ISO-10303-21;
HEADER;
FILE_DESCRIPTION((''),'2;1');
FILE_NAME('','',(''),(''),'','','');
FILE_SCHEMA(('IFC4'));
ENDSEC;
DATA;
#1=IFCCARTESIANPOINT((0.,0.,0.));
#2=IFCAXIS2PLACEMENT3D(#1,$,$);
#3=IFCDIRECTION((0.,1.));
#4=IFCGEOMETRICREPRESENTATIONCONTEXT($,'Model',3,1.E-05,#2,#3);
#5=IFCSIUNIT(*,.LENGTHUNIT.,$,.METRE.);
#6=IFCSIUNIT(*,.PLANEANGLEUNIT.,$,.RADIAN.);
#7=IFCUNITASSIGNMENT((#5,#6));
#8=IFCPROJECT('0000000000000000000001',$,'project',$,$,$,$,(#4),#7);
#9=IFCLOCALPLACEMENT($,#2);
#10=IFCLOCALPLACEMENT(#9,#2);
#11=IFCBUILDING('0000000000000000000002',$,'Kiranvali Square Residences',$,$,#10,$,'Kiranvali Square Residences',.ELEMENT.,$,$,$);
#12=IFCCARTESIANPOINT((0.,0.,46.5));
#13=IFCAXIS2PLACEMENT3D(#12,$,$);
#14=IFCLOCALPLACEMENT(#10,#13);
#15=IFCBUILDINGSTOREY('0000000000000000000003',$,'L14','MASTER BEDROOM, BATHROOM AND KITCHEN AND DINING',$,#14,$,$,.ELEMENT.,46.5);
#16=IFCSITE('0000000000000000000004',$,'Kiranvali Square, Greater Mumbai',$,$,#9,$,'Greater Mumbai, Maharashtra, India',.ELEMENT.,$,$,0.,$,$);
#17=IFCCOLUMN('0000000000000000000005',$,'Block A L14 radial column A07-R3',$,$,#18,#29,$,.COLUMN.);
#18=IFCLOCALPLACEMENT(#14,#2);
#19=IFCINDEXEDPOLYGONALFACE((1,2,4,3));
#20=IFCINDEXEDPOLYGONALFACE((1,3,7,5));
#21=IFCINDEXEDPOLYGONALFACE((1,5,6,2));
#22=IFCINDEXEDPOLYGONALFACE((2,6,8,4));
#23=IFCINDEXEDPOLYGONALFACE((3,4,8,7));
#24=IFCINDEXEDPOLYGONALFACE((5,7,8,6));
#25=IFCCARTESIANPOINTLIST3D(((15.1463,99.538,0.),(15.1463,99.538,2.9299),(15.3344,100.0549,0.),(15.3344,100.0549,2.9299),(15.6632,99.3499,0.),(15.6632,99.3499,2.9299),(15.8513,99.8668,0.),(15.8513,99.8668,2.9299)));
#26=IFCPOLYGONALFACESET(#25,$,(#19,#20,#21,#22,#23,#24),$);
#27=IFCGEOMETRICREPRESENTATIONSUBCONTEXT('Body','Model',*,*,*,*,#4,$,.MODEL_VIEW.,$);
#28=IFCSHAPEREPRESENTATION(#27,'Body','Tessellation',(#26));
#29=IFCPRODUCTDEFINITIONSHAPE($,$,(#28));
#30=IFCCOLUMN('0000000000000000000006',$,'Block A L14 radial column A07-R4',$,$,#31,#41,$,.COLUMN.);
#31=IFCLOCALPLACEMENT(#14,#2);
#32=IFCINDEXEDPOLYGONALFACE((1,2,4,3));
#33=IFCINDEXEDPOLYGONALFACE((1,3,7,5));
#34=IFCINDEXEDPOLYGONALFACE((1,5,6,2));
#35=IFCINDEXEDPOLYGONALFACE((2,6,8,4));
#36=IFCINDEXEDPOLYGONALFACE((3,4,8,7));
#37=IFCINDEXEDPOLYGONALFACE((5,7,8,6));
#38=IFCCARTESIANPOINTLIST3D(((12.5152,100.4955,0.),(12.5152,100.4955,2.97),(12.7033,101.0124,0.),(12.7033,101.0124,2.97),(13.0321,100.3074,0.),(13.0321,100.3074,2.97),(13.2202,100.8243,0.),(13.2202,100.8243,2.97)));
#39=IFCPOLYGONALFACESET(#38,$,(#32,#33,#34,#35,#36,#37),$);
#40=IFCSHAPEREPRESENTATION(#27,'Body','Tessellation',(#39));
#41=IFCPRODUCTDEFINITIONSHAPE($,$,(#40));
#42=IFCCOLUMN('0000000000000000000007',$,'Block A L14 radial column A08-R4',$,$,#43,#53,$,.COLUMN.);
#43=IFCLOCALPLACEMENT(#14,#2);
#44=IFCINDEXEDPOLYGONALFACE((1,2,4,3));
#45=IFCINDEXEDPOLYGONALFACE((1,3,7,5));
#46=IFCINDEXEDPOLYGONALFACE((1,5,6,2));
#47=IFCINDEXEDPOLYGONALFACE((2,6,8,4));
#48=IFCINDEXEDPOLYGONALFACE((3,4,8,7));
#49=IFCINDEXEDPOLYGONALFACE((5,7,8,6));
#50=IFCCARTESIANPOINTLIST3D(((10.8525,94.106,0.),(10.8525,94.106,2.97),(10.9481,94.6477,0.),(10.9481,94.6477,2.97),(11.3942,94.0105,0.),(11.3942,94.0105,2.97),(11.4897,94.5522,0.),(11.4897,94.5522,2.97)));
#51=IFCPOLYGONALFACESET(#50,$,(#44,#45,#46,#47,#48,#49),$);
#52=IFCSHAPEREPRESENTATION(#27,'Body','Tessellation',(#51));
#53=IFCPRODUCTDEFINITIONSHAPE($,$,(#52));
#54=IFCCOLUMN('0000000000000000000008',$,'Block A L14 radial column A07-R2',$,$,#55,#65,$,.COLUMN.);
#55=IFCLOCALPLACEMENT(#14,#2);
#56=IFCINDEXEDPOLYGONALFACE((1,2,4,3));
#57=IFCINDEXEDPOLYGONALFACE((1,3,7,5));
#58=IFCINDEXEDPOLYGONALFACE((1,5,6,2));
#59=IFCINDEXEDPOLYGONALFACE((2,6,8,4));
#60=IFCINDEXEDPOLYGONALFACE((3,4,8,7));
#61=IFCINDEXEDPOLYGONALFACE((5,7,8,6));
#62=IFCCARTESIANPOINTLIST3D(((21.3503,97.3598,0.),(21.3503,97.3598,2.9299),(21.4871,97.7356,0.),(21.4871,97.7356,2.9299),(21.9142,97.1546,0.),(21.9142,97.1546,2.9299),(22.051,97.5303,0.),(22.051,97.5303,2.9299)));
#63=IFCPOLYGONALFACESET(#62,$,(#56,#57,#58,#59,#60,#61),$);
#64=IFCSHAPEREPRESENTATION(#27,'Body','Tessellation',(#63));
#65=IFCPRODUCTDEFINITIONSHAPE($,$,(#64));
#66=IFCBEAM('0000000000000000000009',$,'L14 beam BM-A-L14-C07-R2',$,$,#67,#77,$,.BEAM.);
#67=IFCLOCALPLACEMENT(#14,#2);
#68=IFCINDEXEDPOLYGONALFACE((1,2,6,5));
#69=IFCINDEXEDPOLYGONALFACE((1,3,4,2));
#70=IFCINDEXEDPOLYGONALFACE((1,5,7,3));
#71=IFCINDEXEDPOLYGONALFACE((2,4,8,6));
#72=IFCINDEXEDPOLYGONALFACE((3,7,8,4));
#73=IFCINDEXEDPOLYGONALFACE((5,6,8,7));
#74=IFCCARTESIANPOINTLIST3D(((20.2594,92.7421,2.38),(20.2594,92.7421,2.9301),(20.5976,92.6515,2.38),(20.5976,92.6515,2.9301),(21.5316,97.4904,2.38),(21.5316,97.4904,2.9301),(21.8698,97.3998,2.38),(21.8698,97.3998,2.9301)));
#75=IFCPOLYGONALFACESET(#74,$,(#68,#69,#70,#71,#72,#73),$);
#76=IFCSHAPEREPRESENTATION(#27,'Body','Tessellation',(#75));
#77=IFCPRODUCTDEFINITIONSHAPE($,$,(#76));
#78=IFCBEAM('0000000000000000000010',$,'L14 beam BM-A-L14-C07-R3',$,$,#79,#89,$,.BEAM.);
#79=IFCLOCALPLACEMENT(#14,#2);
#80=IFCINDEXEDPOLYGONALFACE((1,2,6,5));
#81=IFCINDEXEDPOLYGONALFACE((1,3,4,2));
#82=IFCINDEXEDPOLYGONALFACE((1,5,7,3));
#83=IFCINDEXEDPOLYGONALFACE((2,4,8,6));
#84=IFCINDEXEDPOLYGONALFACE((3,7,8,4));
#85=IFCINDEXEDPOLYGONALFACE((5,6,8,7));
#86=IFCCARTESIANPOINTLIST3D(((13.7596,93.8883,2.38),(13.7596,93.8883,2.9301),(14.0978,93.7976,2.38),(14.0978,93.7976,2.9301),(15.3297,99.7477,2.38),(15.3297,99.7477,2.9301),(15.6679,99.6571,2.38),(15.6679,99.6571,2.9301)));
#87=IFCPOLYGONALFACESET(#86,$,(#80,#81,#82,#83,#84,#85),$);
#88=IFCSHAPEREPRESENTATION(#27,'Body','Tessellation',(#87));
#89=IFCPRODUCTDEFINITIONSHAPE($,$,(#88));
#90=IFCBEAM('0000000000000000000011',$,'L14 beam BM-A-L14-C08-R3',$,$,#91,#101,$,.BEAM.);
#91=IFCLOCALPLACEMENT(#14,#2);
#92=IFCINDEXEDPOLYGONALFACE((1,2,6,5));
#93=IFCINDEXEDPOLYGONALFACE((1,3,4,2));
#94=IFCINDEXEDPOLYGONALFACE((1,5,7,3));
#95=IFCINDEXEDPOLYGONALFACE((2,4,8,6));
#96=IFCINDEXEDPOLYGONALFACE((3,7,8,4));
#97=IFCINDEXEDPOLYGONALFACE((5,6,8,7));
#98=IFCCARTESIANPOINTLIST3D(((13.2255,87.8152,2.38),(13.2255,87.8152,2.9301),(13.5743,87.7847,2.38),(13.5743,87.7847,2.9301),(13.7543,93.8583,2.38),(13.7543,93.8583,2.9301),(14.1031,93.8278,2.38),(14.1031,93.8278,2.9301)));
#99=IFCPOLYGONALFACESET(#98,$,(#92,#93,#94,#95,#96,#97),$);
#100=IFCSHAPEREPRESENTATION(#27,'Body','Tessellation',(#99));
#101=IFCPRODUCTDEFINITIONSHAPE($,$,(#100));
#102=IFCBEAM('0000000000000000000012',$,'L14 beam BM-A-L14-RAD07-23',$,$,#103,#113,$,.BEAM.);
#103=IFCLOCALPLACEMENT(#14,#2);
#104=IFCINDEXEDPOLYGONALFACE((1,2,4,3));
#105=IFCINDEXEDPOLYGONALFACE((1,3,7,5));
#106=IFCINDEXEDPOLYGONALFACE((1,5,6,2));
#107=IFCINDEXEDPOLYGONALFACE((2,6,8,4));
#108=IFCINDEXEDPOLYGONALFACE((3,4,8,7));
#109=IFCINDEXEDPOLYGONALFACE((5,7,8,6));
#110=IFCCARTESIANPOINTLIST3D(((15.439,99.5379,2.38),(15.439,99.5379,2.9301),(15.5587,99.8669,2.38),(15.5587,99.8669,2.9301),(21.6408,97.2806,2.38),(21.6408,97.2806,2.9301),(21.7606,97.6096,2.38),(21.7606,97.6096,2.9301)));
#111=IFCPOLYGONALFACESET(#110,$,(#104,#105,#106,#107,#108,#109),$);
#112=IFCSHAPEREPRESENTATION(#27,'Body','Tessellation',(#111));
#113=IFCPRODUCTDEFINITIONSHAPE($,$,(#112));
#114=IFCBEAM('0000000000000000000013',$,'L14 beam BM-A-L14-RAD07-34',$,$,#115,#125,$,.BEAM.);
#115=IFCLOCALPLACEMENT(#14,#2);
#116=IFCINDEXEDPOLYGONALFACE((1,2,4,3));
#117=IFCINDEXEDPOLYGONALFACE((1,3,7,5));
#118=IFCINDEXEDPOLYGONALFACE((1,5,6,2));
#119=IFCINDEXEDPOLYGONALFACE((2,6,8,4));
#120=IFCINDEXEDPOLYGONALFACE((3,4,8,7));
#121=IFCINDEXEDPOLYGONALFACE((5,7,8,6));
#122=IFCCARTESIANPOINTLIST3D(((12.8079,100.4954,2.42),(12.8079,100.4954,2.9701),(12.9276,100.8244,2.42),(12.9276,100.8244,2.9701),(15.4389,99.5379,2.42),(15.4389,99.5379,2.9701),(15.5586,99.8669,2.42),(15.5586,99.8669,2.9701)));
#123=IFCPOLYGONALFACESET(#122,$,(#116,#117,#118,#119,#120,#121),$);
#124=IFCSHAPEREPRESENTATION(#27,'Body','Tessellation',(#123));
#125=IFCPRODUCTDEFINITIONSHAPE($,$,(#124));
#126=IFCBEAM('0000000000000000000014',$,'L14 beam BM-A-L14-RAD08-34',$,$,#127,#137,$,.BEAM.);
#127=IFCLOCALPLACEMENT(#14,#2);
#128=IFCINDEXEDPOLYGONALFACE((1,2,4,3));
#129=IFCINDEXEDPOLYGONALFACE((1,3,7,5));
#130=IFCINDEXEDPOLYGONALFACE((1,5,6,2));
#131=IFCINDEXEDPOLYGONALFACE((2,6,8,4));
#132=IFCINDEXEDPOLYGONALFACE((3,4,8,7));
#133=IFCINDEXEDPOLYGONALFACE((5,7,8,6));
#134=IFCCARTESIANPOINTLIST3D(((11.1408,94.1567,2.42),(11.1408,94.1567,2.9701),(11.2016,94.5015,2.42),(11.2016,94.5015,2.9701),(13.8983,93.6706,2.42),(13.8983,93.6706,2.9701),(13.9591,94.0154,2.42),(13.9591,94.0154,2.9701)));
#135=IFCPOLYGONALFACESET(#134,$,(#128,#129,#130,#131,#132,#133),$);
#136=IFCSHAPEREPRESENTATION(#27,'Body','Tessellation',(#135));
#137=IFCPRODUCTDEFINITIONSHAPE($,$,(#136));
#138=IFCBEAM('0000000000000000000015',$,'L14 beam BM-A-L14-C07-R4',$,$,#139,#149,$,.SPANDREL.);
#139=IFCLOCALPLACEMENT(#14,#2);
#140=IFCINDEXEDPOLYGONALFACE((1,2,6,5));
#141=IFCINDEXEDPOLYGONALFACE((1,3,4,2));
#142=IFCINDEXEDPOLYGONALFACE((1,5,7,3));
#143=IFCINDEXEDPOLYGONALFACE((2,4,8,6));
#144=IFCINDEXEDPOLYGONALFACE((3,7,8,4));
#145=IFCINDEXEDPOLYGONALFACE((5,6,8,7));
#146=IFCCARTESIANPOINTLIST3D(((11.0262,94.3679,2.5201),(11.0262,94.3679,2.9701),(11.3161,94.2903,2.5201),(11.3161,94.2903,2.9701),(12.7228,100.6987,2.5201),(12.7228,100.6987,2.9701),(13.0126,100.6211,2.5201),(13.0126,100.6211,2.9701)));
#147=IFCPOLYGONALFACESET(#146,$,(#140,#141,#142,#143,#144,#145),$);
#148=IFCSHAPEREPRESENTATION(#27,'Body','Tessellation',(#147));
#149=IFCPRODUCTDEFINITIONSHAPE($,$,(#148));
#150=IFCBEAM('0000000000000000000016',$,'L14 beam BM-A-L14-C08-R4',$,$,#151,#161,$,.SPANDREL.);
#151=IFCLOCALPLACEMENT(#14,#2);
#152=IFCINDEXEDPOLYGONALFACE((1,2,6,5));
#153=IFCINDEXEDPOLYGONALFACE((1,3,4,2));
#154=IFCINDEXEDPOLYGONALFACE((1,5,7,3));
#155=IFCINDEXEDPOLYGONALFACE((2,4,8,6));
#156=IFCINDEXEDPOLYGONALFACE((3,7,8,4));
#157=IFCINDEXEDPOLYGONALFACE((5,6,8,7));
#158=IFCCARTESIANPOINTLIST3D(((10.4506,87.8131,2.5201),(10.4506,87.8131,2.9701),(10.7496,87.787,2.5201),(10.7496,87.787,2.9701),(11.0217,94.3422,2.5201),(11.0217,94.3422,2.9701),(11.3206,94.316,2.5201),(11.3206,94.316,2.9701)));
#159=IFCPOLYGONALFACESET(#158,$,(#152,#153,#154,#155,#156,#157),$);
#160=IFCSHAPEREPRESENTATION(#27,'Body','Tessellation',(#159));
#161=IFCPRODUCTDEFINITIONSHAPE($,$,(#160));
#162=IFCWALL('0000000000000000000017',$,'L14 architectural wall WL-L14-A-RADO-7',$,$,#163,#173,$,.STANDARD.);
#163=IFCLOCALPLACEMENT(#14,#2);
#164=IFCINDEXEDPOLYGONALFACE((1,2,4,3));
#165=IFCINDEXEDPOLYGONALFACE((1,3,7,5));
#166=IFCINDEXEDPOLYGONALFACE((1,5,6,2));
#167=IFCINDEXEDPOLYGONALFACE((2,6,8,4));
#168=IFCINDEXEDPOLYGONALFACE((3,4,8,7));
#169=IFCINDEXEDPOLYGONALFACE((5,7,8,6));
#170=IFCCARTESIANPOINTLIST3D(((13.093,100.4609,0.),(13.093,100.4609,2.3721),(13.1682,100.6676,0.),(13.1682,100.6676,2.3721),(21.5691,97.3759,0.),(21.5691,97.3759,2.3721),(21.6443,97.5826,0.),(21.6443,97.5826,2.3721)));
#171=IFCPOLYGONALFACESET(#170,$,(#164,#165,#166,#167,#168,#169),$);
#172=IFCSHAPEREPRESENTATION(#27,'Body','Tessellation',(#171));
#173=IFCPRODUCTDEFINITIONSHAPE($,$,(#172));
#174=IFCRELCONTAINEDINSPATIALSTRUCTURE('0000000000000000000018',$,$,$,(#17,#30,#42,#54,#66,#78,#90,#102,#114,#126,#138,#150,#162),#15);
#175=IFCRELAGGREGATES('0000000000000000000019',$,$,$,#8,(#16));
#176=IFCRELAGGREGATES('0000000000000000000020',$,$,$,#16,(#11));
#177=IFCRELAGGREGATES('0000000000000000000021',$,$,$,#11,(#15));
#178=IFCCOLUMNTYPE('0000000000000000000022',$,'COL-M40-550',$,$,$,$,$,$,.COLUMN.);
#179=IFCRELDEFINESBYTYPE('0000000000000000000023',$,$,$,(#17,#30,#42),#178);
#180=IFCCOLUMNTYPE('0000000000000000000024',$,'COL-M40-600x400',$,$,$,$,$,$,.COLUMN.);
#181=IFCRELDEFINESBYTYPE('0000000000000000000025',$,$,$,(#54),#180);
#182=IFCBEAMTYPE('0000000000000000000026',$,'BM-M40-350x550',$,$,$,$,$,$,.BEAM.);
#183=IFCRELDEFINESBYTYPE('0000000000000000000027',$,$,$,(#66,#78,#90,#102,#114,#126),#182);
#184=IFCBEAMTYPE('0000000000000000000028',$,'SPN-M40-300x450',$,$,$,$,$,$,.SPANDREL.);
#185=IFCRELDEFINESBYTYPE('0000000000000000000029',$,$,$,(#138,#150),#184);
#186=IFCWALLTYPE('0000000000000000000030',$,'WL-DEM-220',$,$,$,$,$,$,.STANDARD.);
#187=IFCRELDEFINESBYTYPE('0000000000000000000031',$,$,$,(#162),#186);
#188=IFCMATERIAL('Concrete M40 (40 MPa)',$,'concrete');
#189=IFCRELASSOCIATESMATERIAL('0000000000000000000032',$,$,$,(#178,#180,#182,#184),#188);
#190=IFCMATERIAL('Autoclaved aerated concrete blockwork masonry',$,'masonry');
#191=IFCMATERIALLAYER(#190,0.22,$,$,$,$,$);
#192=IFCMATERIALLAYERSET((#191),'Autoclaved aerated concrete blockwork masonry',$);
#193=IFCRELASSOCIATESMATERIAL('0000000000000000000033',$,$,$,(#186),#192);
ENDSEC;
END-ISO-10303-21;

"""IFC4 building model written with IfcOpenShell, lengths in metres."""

from ifc_helpers import new_model, si_unit, direction, frame, frame_2d, origin, origin_2d, place, context, subcontext, project, spatial, rectangle, extrude, material, layer, layer_set, material_profile, profile_set, type_object, element, save


model = new_model("IFC4")

# Units and contexts
model_context = context("Model", 3, precision=1e-05, world=origin(), true_north=direction((0.0, 1.0)))
body_context = subcontext(model_context, "Body", "Model", "MODEL_VIEW")
ifc_project = project(units=[si_unit("LENGTHUNIT", "METRE"), si_unit("PLANEANGLEUNIT", "RADIAN")], contexts=[model_context])

# Site, building, storey
site_placement = place(None, origin())
site = spatial("IfcSite", under=ifc_project, at=site_placement, Name="Kiranvali Square, Greater Mumbai", LongName="Greater Mumbai, Maharashtra, India", CompositionType="ELEMENT", RefElevation=0.0)
building_placement = place(site_placement, origin())
building = spatial("IfcBuilding", under=site, at=building_placement, Name="Kiranvali Square Residences", LongName="Kiranvali Square Residences", CompositionType="ELEMENT")
storey_placement = place(building_placement, frame((0.0, 0.0, 46.5)))
storey = spatial("IfcBuildingStorey", under=building, at=storey_placement, Name="L14", Description="MASTER BEDROOM, BATHROOM AND KITCHEN AND DINING", CompositionType="ELEMENT", Elevation=46.5)

# Columns
ifc_material_1 = material(Name="Concrete M40 (40 MPa)", Category="concrete")
ifc_material_profile_1 = material_profile(ifc_material_1, rectangle(XDim=0.55, YDim=0.55, at=origin_2d()), Name="RC 550x550")
ifc_profile_set_1 = profile_set([ifc_material_profile_1], Name="Concrete M40 (40 MPa)")
column_type_1 = type_object("IfcColumnType", Name="COL-M40-550", PredefinedType="COLUMN", material=ifc_profile_set_1)
column_1_placement = place(storey_placement, frame((15.4988, 99.7024, 0.0), z_axis=(0.0, 0.0, 1.0), x_axis=(0.34202, 0.939693, 0.0)))
element("IfcColumn", 1, at=column_1_placement, inside=storey, type_object=column_type_1, Name="Block A L14 radial column A07-R3", PredefinedType="COLUMN", context=body_context, shape_type="SweptSolid", body=[
    extrude(rectangle(XDim=0.55, YDim=0.55, at=origin_2d()), origin(), (0.0, 0.0, 1.0), 2.9299),
])
for number, where, z_axis, x_axis, name in (
    (2, (12.8677, 100.6599, 0.0), (0.0, 0.0, 1.0), (0.34202, 0.939693, 0.0), "Block A L14 radial column A07-R4"),
    (3, (11.1711, 94.3291, 0.0), (0.0, 0.0, 1.0), (0.173648, 0.984808, 0.0), "Block A L14 radial column A08-R4"),
):
    element("IfcColumn", number, at=place(storey_placement, frame(where, z_axis=z_axis, x_axis=x_axis)), inside=storey, type_object=column_type_1, Name=name, PredefinedType="COLUMN", context=body_context, shape_type="SweptSolid", body=[
        extrude(rectangle(XDim=0.55, YDim=0.55, at=origin_2d()), origin(), (0.0, 0.0, 1.0), 2.97),
    ])
ifc_material_profile_2 = material_profile(ifc_material_1, rectangle(XDim=0.3999, YDim=0.6001, at=origin_2d()), Name="RC 600x400")
ifc_profile_set_2 = profile_set([ifc_material_profile_2], Name="Concrete M40 (40 MPa)")
column_type_2 = type_object("IfcColumnType", Name="COL-M40-600x400", PredefinedType="COLUMN", material=ifc_profile_set_2)
column_2_placement = place(storey_placement, frame((21.7007, 97.4451, 0.0), z_axis=(0.0, 0.0, 1.0), x_axis=(0.34202, 0.939693, 0.0)))
element("IfcColumn", 4, at=column_2_placement, inside=storey, type_object=column_type_2, Name="Block A L14 radial column A07-R2", PredefinedType="COLUMN", context=body_context, shape_type="SweptSolid", body=[
    extrude(rectangle(XDim=0.3999, YDim=0.6001, at=origin_2d()), origin(), (0.0, 0.0, 1.0), 2.9299),
])

# Beams
ifc_material_profile_3 = material_profile(ifc_material_1, rectangle(XDim=0.3501, YDim=0.55, at=origin_2d()), Name="RC 350x550")
ifc_profile_set_3 = profile_set([ifc_material_profile_3], Name="Concrete M40 (40 MPa)")
beam_type_1 = type_object("IfcBeamType", Name="BM-M40-350x550", PredefinedType="BEAM", material=ifc_profile_set_3)
beam_1_placement = place(storey_placement, frame((21.7007, 97.4451, 2.655), z_axis=(-0.258803, -0.96593, 0.0), x_axis=(0.96593, -0.258803, 0.0)))
element("IfcBeam", 5, at=beam_1_placement, inside=storey, type_object=beam_type_1, Name="L14 beam BM-A-L14-C07-R2", PredefinedType="BEAM", context=body_context, shape_type="SweptSolid", body=[
    extrude(rectangle(XDim=0.3501, YDim=0.55, at=origin_2d()), origin(), (0.0, 0.0, 1.0), 4.9158),
])
for number, where, z_axis, x_axis, name in (
    (6, (15.4988, 99.7024, 2.655), (-0.258827, -0.965924, 0.0), (0.965924, -0.258827, 0.0), "L14 beam BM-A-L14-C07-R3"),
    (7, (13.9287, 93.843, 2.655), (-0.087175, -0.996193, 0.0), (0.996193, -0.087175, 0.0), "L14 beam BM-A-L14-C08-R3"),
):
    element("IfcBeam", number, at=place(storey_placement, frame(where, z_axis=z_axis, x_axis=x_axis)), inside=storey, type_object=beam_type_1, Name=name, PredefinedType="BEAM", context=body_context, shape_type="SweptSolid", body=[
        extrude(rectangle(XDim=0.3501, YDim=0.55, at=origin_2d()), origin(), (0.0, 0.0, 1.0), 6.0662),
    ])
beam_2_placement = place(storey_placement, frame((21.7007, 97.4451, 2.655), z_axis=(-0.939692, 0.342022, 0.0), x_axis=(-0.342022, -0.939692, 0.0)))
element("IfcBeam", 8, at=beam_2_placement, inside=storey, type_object=beam_type_1, Name="L14 beam BM-A-L14-RAD07-23", PredefinedType="BEAM", context=body_context, shape_type="SweptSolid", body=[
    extrude(rectangle(XDim=0.3501, YDim=0.55, at=origin_2d()), origin(), (0.0, 0.0, 1.0), 6.5999),
])
beam_3_placement = place(storey_placement, frame((15.4988, 99.7024, 2.6951), z_axis=(-0.939707, 0.341981, 0.0), x_axis=(-0.341981, -0.939707, 0.0)))
element("IfcBeam", 9, at=beam_3_placement, inside=storey, type_object=beam_type_1, Name="L14 beam BM-A-L14-RAD07-34", PredefinedType="BEAM", context=body_context, shape_type="SweptSolid", body=[
    extrude(rectangle(XDim=0.3501, YDim=0.55, at=origin_2d()), origin(), (0.0, 0.0, 1.0), 2.7998),
])
beam_4_placement = place(storey_placement, frame((13.9287, 93.843, 2.6951), z_axis=(-0.984817, 0.173596, 0.0), x_axis=(-0.173596, -0.984817, 0.0)))
element("IfcBeam", 10, at=beam_4_placement, inside=storey, type_object=beam_type_1, Name="L14 beam BM-A-L14-RAD08-34", PredefinedType="BEAM", context=body_context, shape_type="SweptSolid", body=[
    extrude(rectangle(XDim=0.3501, YDim=0.55, at=origin_2d()), origin(), (0.0, 0.0, 1.0), 2.8),
])
ifc_material_profile_4 = material_profile(ifc_material_1, rectangle(XDim=0.3, YDim=0.45, at=origin_2d()), Name="RC 300x450")
ifc_profile_set_4 = profile_set([ifc_material_profile_4], Name="Concrete M40 (40 MPa)")
beam_type_2 = type_object("IfcBeamType", Name="SPN-M40-300x450", PredefinedType="SPANDREL", material=ifc_profile_set_4)
beam_5_placement = place(storey_placement, frame((12.8677, 100.6599, 2.7451), z_axis=(-0.258847, -0.965918, 0.0), x_axis=(0.965918, -0.258847, 0.0)))
element("IfcBeam", 11, at=beam_5_placement, inside=storey, type_object=beam_type_2, Name="L14 beam BM-A-L14-C07-R4", PredefinedType="SPANDREL", context=body_context, shape_type="SweptSolid", body=[
    extrude(rectangle(XDim=0.3, YDim=0.45, at=origin_2d()), origin(), (0.0, 0.0, 1.0), 6.5542),
])
beam_6_placement = place(storey_placement, frame((11.1711, 94.3291, 2.7451), z_axis=(-0.08713, -0.996197, 0.0), x_axis=(0.996197, -0.08713, 0.0)))
element("IfcBeam", 12, at=beam_6_placement, inside=storey, type_object=beam_type_2, Name="L14 beam BM-A-L14-C08-R4", PredefinedType="SPANDREL", context=body_context, shape_type="SweptSolid", body=[
    extrude(rectangle(XDim=0.3, YDim=0.45, at=origin_2d()), origin(), (0.0, 0.0, 1.0), 6.554),
])

# Shared definitions
ifc_material_2 = material(Name="Autoclaved aerated concrete blockwork masonry", Category="masonry")

# Wall
ifc_layer_1 = layer(ifc_material_2, 0.22)
ifc_layer_set_1 = layer_set([ifc_layer_1], Name="Autoclaved aerated concrete blockwork masonry")
wall_type_1 = type_object("IfcWallType", Name="WL-DEM-220", PredefinedType="STANDARD", material=ifc_layer_set_1)
wall_1_placement = place(storey_placement, frame((21.6067, 97.4792, 0.0), z_axis=(0.0, 0.0, 1.0), x_axis=(-0.939695, 0.342013, 0.0)))
element("IfcWall", 13, at=wall_1_placement, inside=storey, type_object=wall_type_1, Name="L14 architectural wall WL-L14-A-RADO-7", PredefinedType="STANDARD", context=body_context, shape_type="SweptSolid", body=[
    extrude(rectangle(XDim=9.02, YDim=0.22, at=frame_2d((4.51, 0.0))), origin(), (0.0, 0.0, 1.0), 2.3721),
])

save(model, "model.ifc")
